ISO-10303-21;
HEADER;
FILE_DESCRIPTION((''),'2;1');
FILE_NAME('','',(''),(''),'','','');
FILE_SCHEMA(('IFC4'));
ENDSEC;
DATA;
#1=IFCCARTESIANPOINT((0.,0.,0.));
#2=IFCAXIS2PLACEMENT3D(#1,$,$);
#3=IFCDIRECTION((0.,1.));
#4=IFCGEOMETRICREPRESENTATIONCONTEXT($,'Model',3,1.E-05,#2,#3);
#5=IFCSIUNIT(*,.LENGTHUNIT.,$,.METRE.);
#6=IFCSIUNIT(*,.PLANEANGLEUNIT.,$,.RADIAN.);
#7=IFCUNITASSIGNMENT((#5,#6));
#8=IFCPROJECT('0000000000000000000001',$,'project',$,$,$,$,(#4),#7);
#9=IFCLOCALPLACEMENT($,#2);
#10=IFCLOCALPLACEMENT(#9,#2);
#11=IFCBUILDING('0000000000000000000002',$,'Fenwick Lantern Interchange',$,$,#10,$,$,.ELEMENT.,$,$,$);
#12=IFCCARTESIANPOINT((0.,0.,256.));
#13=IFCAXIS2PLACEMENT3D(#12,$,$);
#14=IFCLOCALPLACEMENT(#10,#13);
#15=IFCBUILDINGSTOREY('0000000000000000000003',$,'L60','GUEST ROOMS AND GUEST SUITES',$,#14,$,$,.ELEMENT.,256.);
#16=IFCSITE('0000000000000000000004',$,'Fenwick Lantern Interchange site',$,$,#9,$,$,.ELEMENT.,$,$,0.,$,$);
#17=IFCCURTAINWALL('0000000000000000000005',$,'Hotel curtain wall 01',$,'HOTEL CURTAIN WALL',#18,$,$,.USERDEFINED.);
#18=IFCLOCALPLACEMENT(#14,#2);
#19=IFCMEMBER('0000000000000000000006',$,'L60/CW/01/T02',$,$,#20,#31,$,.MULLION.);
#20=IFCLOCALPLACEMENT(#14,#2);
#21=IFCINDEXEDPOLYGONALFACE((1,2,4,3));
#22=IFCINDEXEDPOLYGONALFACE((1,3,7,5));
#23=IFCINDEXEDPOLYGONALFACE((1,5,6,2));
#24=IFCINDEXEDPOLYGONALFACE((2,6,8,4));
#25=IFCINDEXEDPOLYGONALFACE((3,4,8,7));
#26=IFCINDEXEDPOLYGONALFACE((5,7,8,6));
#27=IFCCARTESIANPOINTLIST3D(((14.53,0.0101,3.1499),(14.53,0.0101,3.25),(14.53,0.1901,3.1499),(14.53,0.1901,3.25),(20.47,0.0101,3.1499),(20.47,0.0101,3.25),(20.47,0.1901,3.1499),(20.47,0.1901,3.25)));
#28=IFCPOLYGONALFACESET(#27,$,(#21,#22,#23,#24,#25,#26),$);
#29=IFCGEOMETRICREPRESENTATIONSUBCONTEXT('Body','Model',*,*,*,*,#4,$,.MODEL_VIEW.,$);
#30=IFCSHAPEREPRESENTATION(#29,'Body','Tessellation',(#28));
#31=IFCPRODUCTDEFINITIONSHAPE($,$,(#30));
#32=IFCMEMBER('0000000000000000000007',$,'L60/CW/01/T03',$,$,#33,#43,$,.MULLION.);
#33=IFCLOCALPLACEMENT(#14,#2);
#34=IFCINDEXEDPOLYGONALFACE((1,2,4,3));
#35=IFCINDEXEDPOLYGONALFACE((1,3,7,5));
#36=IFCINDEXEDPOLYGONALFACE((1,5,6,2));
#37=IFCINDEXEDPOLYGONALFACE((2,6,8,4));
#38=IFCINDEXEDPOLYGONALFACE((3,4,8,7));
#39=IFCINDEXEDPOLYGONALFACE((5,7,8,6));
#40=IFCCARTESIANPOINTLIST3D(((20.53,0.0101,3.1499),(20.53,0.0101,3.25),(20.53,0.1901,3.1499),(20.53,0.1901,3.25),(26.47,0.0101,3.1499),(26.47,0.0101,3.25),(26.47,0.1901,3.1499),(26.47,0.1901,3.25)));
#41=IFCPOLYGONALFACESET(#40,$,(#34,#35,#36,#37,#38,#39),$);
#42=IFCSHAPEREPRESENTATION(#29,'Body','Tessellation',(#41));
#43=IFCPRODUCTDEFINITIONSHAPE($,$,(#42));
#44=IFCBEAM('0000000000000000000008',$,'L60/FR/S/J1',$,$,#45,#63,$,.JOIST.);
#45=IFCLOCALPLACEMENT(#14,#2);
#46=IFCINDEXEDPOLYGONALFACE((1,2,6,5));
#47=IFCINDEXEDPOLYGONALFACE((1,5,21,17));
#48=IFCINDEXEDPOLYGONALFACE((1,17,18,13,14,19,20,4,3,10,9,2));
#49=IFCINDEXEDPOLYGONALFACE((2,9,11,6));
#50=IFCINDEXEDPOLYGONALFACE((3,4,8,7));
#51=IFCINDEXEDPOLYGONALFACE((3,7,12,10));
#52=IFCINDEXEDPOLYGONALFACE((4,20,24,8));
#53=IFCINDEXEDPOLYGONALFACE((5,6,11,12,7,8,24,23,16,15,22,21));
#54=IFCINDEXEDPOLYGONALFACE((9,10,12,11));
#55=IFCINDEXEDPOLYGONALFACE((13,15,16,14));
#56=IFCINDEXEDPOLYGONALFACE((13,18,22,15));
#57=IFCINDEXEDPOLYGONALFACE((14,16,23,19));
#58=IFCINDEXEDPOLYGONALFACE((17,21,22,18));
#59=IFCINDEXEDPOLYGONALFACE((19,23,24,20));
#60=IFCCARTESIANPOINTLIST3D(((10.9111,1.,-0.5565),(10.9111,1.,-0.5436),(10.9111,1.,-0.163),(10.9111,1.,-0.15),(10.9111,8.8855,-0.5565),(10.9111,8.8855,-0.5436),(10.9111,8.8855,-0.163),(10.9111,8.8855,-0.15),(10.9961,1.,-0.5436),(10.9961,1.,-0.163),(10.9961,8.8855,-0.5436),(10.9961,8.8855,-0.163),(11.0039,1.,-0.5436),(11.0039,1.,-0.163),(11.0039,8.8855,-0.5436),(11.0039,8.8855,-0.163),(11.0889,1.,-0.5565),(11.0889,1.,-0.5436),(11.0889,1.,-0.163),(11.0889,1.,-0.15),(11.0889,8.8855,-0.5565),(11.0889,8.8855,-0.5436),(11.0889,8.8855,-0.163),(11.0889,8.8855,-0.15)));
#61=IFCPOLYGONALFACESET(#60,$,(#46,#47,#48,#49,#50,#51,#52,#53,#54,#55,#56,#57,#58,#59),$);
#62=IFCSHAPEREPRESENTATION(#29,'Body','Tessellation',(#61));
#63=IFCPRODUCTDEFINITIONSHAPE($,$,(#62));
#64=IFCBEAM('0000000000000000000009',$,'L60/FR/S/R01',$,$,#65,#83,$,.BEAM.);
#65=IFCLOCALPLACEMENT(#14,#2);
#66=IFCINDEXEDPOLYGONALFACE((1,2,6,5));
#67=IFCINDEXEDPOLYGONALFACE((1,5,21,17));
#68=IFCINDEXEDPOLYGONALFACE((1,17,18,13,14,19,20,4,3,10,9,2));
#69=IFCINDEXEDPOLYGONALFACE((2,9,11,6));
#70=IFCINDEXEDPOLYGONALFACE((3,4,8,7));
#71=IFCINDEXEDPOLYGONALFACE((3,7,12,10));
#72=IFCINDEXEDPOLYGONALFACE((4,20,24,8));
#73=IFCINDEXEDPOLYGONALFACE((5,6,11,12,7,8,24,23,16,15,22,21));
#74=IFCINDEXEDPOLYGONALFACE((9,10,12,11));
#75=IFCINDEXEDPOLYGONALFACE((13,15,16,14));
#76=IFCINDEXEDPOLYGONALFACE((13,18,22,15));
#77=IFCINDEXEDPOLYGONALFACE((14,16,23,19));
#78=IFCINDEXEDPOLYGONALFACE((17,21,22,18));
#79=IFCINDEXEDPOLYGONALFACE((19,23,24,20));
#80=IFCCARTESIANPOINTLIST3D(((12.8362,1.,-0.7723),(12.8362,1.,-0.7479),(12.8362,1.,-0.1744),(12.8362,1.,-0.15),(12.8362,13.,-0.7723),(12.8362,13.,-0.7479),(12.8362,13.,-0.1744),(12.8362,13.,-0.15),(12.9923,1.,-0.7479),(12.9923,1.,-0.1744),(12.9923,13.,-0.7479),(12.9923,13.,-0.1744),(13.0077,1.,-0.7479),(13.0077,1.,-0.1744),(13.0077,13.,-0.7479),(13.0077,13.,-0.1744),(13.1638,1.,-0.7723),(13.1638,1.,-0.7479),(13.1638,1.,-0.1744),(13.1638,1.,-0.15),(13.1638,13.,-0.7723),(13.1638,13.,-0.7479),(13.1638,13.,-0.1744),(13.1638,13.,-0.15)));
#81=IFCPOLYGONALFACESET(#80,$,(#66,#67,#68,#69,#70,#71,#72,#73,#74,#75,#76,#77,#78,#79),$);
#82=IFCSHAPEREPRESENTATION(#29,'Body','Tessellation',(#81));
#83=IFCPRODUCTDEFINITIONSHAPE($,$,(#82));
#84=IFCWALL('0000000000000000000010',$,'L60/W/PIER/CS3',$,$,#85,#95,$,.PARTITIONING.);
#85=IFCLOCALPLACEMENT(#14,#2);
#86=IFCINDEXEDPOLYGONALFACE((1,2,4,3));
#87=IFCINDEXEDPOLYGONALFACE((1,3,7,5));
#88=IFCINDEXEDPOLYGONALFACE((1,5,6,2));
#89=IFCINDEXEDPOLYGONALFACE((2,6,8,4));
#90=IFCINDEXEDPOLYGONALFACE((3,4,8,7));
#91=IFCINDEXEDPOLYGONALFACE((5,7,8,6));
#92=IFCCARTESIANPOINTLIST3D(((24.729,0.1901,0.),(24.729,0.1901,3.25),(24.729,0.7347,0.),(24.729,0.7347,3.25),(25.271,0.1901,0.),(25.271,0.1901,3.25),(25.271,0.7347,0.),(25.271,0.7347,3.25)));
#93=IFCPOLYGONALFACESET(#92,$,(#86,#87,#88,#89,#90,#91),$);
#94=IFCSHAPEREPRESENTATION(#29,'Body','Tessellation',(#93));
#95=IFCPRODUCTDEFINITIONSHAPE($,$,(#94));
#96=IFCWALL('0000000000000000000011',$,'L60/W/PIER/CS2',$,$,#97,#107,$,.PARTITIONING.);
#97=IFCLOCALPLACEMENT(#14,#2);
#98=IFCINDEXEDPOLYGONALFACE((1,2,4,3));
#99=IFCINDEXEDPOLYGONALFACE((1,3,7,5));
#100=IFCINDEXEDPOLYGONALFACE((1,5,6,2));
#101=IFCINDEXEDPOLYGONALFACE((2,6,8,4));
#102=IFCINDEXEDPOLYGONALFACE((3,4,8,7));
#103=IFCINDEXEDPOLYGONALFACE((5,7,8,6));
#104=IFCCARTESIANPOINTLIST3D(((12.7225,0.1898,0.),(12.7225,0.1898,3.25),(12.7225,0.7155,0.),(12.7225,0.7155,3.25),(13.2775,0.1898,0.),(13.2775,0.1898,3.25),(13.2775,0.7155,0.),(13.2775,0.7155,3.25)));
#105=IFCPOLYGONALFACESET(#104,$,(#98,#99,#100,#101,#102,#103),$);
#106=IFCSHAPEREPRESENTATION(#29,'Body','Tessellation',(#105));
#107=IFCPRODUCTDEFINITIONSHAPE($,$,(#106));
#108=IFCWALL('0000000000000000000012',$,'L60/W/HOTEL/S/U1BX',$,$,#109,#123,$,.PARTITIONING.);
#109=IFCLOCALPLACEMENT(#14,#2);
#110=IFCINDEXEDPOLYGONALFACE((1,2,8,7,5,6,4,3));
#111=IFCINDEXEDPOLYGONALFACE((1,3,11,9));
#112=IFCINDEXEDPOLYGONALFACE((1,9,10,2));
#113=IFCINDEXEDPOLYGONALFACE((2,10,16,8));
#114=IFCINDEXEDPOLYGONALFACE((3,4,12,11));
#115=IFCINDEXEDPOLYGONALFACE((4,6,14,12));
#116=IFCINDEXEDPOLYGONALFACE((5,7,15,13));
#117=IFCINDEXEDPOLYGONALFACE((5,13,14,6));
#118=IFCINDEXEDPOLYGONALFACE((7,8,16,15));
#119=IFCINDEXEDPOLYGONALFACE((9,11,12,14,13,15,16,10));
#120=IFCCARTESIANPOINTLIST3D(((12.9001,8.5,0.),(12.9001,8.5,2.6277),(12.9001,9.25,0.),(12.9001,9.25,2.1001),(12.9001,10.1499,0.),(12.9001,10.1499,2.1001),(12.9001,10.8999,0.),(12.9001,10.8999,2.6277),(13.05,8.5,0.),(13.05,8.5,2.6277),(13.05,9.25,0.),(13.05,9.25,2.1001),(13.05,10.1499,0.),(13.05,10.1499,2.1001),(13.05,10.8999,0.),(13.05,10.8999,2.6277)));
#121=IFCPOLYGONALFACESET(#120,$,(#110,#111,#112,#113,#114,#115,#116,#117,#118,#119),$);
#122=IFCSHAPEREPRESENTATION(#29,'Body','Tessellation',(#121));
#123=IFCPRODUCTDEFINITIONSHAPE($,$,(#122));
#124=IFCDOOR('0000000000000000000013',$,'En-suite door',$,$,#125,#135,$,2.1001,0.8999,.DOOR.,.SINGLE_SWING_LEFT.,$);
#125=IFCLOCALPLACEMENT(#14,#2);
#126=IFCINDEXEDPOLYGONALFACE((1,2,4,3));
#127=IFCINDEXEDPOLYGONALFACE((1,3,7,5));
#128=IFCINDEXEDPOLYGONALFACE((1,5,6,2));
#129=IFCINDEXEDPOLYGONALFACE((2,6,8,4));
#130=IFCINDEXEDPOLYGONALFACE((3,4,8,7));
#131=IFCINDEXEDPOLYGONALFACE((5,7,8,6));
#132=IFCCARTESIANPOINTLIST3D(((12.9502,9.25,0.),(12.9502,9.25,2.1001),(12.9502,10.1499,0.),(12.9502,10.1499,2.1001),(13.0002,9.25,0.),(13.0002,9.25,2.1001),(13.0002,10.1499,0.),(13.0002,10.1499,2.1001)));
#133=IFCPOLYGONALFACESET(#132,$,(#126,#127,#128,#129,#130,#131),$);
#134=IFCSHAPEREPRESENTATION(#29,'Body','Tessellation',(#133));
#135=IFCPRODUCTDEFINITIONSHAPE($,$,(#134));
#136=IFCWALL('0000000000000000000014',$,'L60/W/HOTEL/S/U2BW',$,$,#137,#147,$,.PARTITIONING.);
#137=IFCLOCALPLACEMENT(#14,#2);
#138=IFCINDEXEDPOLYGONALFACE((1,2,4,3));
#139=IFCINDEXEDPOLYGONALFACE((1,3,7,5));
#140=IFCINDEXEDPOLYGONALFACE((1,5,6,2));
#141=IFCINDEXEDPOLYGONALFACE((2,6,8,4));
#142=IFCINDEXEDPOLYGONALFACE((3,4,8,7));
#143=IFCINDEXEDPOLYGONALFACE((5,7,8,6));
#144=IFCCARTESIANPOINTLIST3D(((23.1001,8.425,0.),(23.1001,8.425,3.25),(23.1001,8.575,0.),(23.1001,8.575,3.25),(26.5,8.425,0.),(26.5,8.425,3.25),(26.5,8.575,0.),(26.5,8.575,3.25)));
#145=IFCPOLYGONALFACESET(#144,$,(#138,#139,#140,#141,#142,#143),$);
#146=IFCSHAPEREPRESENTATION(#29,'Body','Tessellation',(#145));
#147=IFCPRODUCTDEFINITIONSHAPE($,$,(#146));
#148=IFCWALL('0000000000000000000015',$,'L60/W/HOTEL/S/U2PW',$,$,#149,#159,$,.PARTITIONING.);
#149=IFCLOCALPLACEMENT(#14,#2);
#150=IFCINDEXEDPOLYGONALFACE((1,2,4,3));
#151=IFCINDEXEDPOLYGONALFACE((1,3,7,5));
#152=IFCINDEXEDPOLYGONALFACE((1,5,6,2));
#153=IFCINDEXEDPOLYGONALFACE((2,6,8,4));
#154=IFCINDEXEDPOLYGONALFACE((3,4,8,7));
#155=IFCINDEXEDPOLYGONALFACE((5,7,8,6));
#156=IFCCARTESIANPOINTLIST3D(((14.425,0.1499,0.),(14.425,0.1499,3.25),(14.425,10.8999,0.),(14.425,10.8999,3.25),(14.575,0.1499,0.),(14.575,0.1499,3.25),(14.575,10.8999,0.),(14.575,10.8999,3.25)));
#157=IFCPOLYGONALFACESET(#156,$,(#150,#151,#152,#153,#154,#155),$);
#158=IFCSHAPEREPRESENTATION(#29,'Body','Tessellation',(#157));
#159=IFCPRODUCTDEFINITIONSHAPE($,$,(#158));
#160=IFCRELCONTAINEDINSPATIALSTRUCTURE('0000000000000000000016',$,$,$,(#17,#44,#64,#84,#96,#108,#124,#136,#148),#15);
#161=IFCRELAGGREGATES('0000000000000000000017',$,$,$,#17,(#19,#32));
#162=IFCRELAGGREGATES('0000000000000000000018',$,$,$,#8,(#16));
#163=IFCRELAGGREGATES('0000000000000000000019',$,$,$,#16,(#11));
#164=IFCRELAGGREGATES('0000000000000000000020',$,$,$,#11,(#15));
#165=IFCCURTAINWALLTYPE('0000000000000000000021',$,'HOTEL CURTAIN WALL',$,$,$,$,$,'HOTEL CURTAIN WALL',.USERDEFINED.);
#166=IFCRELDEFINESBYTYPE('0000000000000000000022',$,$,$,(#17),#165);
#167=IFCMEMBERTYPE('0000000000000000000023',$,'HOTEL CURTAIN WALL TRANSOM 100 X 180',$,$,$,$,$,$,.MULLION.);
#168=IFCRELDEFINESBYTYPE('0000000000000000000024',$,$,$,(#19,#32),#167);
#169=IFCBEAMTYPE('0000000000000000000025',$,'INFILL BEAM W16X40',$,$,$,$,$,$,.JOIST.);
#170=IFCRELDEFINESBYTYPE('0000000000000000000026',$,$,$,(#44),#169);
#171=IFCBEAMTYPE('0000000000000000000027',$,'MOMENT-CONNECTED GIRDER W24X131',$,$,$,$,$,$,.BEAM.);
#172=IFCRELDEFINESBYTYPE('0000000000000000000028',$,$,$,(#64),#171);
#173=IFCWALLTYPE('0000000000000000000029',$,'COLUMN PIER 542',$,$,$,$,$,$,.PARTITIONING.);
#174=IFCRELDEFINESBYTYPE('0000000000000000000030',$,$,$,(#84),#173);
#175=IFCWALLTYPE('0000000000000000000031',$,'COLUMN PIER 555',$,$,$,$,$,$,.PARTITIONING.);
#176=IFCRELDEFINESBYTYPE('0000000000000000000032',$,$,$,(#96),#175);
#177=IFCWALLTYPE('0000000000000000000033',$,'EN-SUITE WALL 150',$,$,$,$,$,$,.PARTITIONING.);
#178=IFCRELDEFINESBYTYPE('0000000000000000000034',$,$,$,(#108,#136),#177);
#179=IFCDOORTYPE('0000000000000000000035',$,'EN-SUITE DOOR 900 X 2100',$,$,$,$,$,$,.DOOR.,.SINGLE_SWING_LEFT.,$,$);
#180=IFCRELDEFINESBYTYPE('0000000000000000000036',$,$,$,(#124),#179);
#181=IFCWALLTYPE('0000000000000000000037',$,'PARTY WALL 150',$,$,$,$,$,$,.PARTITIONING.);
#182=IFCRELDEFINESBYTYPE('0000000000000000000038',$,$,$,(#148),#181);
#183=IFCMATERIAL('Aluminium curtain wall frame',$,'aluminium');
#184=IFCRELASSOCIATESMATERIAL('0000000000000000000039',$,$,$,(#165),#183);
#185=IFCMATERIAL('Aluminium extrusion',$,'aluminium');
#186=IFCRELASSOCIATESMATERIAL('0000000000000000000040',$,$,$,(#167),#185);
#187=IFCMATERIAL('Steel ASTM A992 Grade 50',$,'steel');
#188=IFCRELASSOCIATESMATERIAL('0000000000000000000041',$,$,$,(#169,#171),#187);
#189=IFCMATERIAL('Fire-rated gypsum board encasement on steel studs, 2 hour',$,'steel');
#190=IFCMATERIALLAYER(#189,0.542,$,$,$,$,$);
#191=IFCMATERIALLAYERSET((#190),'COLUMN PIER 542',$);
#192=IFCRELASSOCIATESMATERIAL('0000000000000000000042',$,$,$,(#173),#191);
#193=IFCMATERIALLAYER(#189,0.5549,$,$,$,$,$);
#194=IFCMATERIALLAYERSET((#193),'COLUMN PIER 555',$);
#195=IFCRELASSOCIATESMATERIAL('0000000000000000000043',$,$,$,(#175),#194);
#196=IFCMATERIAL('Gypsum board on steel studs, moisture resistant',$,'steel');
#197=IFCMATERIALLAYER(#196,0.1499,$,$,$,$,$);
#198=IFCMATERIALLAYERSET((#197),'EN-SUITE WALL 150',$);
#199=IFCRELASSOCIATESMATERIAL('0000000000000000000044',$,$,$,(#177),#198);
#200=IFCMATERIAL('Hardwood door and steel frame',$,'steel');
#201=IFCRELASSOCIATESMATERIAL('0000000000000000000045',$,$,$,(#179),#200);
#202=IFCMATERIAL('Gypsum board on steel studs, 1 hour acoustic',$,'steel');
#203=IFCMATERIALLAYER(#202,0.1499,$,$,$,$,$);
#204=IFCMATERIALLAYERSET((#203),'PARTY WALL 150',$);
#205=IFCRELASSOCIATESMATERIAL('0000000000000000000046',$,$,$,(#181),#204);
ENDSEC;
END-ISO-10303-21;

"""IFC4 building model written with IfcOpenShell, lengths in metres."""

from ifc_helpers import new_model, si_unit, direction, frame, frame_2d, origin, origin_2d, place, context, subcontext, project, spatial, rectangle, i_section, extrude, material, layer, layer_set, material_profile, profile_set, type_object, element, fill, aggregate, save


model = new_model("IFC4")

# Units and contexts
model_context = context("Model", 3, precision=1e-05, world=origin(), true_north=direction((0.0, 1.0)))
body_context = subcontext(model_context, "Body", "Model", "MODEL_VIEW")
ifc_project = project(units=[si_unit("LENGTHUNIT", "METRE"), si_unit("PLANEANGLEUNIT", "RADIAN")], contexts=[model_context])

# Site, building, storey
site_placement = place(None, origin())
site = spatial("IfcSite", under=ifc_project, at=site_placement, Name="Fenwick Lantern Interchange site", CompositionType="ELEMENT", RefElevation=0.0)
building_placement = place(site_placement, origin())
building = spatial("IfcBuilding", under=site, at=building_placement, Name="Fenwick Lantern Interchange", CompositionType="ELEMENT")
storey_placement = place(building_placement, frame((0.0, 0.0, 256.0)))
storey = spatial("IfcBuildingStorey", under=building, at=storey_placement, Name="L60", Description="GUEST ROOMS AND GUEST SUITES", CompositionType="ELEMENT", Elevation=256.0)

# Shared definitions
ifc_material_1 = material(Name="Steel ASTM A992 Grade 50", Category="steel")

# Curtain wall, members
ifc_material_2 = material(Name="Aluminium curtain wall frame", Category="aluminium")
curtain_wall_type = type_object("IfcCurtainWallType", Name="HOTEL CURTAIN WALL", ElementType="HOTEL CURTAIN WALL", PredefinedType="USERDEFINED", material=ifc_material_2)
curtain_wall_placement = place(storey_placement, origin())
curtain_wall = element("IfcCurtainWall", 1, at=curtain_wall_placement, inside=storey, type_object=curtain_wall_type, Name="Hotel curtain wall 01", ObjectType="HOTEL CURTAIN WALL", PredefinedType="USERDEFINED")
ifc_material_3 = material(Name="Aluminium extrusion", Category="aluminium")
ifc_material_profile_1 = material_profile(ifc_material_3, rectangle(XDim=0.1799, YDim=0.1001, at=origin_2d()), Name="HOTEL CURTAIN WALL TRANSOM 100 X 180")
ifc_profile_set_1 = profile_set([ifc_material_profile_1], Name="Aluminium extrusion")
member_type_1 = type_object("IfcMemberType", Name="HOTEL CURTAIN WALL TRANSOM 100 X 180", PredefinedType="MULLION", material=ifc_profile_set_1)
member_1_placement = place(storey_placement, frame((14.53, 0.1001, 3.2), z_axis=(1.0, 0.0, 0.0), x_axis=(0.0, 1.0, 0.0)))
member_1 = element("IfcMember", 2, at=member_1_placement, type_object=member_type_1, Name="L60/CW/01/T02", PredefinedType="MULLION", context=body_context, shape_type="SweptSolid", body=[
    extrude(rectangle(XDim=0.1799, YDim=0.1001, at=origin_2d()), origin(), (0.0, 0.0, 1.0), 5.9399),
])
member_2_placement = place(storey_placement, frame((20.53, 0.1001, 3.2), z_axis=(1.0, 0.0, 0.0), x_axis=(0.0, 1.0, 0.0)))
member_2 = element("IfcMember", 3, at=member_2_placement, type_object=member_type_1, Name="L60/CW/01/T03", PredefinedType="MULLION", context=body_context, shape_type="SweptSolid", body=[
    extrude(rectangle(XDim=0.1799, YDim=0.1001, at=origin_2d()), origin(), (0.0, 0.0, 1.0), 5.9399),
])
aggregate(curtain_wall, [member_1, member_2])

# Beams
ifc_material_profile_2 = material_profile(ifc_material_1, i_section(OverallWidth=0.1777, OverallDepth=0.4065, WebThickness=0.0078, FlangeThickness=0.0129, at=origin_2d()), Name="W16X40")
ifc_profile_set_2 = profile_set([ifc_material_profile_2], Name="Steel ASTM A992 Grade 50")
beam_type_1 = type_object("IfcBeamType", Name="INFILL BEAM W16X40", PredefinedType="JOIST", material=ifc_profile_set_2)
beam_1_placement = place(storey_placement, frame((11.0, 1.0, -0.3533), z_axis=(0.0, 1.0, 0.0), x_axis=(-1.0, 0.0, 0.0)))
element("IfcBeam", 4, at=beam_1_placement, inside=storey, type_object=beam_type_1, Name="L60/FR/S/J1", PredefinedType="JOIST", context=body_context, shape_type="SweptSolid", body=[
    extrude(i_section(OverallWidth=0.1777, OverallDepth=0.4065, WebThickness=0.0078, FlangeThickness=0.0129, at=origin_2d()), origin(), (0.0, 0.0, 1.0), 7.8855),
])
ifc_material_profile_3 = material_profile(ifc_material_1, i_section(OverallWidth=0.3276, OverallDepth=0.6223, WebThickness=0.0154, FlangeThickness=0.0244, at=origin_2d()), Name="W24X131")
ifc_profile_set_3 = profile_set([ifc_material_profile_3], Name="Steel ASTM A992 Grade 50")
beam_type_2 = type_object("IfcBeamType", Name="MOMENT-CONNECTED GIRDER W24X131", PredefinedType="BEAM", material=ifc_profile_set_3)
beam_2_placement = place(storey_placement, frame((13.0, 1.0, -0.4612), z_axis=(0.0, 1.0, 0.0), x_axis=(-1.0, 0.0, 0.0)))
element("IfcBeam", 5, at=beam_2_placement, inside=storey, type_object=beam_type_2, Name="L60/FR/S/R01", PredefinedType="BEAM", context=body_context, shape_type="SweptSolid", body=[
    extrude(i_section(OverallWidth=0.3276, OverallDepth=0.6223, WebThickness=0.0154, FlangeThickness=0.0244, at=origin_2d()), origin(), (0.0, 0.0, 1.0), 12.0),
])

# Walls
ifc_material_4 = material(Name="Fire-rated gypsum board encasement on steel studs, 2 hour", Category="steel")
ifc_layer_1 = layer(ifc_material_4, 0.542)
ifc_layer_set_1 = layer_set([ifc_layer_1], Name="COLUMN PIER 542")
wall_type_1 = type_object("IfcWallType", Name="COLUMN PIER 542", PredefinedType="PARTITIONING", material=ifc_layer_set_1)
wall_1_placement = place(storey_placement, frame((25.0, 0.1899, 0.0), z_axis=(0.0, 0.0, 1.0), x_axis=(0.0, 1.0, 0.0)))
element("IfcWall", 6, at=wall_1_placement, inside=storey, type_object=wall_type_1, Name="L60/W/PIER/CS3", PredefinedType="PARTITIONING", context=body_context, shape_type="SweptSolid", body=[
    extrude(rectangle(XDim=0.5447, YDim=0.542, at=frame_2d((0.2725, 0.0))), origin(), (0.0, 0.0, 1.0), 3.25),
])
ifc_layer_2 = layer(ifc_material_4, 0.5549)
ifc_layer_set_2 = layer_set([ifc_layer_2], Name="COLUMN PIER 555")
wall_type_2 = type_object("IfcWallType", Name="COLUMN PIER 555", PredefinedType="PARTITIONING", material=ifc_layer_set_2)
wall_2_placement = place(storey_placement, frame((13.0, 0.1899, 0.0), z_axis=(0.0, 0.0, 1.0), x_axis=(0.0, 1.0, 0.0)))
element("IfcWall", 7, at=wall_2_placement, inside=storey, type_object=wall_type_2, Name="L60/W/PIER/CS2", PredefinedType="PARTITIONING", context=body_context, shape_type="SweptSolid", body=[
    extrude(rectangle(XDim=0.5256, YDim=0.5549, at=frame_2d((0.2627, 0.0))), origin(), (0.0, 0.0, 1.0), 3.25),
])

# Wall, opening, door
ifc_material_5 = material(Name="Gypsum board on steel studs, moisture resistant", Category="steel")
ifc_layer_3 = layer(ifc_material_5, 0.1499)
ifc_layer_set_3 = layer_set([ifc_layer_3], Name="EN-SUITE WALL 150")
wall_type_3 = type_object("IfcWallType", Name="EN-SUITE WALL 150", PredefinedType="PARTITIONING", material=ifc_layer_set_3)
wall_3_placement = place(storey_placement, frame((12.9751, 8.5, 0.0), z_axis=(0.0, 0.0, 1.0), x_axis=(0.0, 1.0, 0.0)))
wall_3 = element("IfcWall", 8, at=wall_3_placement, inside=storey, type_object=wall_type_3, Name="L60/W/HOTEL/S/U1BX", PredefinedType="PARTITIONING", context=body_context, shape_type="SweptSolid", body=[
    extrude(rectangle(XDim=2.3999, YDim=0.1499, at=frame_2d((1.2, 0.0))), origin(), (0.0, 0.0, 1.0), 2.6277),
])
opening_placement = place(wall_3_placement, frame((0.75, 0.0, 0.0)))
opening = element("IfcOpeningElement", 9, at=opening_placement, cuts=wall_3, PredefinedType="OPENING", context=body_context, shape_type="SweptSolid", body=[
    extrude(rectangle(XDim=0.8999, YDim=2.1001, at=frame_2d((0.45, 1.05))), frame((0.0, 0.085, 0.0), z_axis=(0.0, -1.0, 0.0), x_axis=(1.0, 0.0, 0.0)), (0.0, 0.0, 1.0), 0.1699),
])
ifc_material_6 = material(Name="Hardwood door and steel frame", Category="steel")
door_type = type_object("IfcDoorType", Name="EN-SUITE DOOR 900 X 2100", OperationType="SINGLE_SWING_LEFT", PredefinedType="DOOR", material=ifc_material_6)
door_placement = place(opening_placement, origin())
door = element("IfcDoor", 10, at=door_placement, inside=storey, type_object=door_type, Name="En-suite door", OperationType="SINGLE_SWING_LEFT", OverallHeight=2.1001, OverallWidth=0.8999, PredefinedType="DOOR", context=body_context, shape_type="SweptSolid", body=[
    extrude(rectangle(XDim=0.8999, YDim=2.1001, at=frame_2d((0.45, 1.05))), frame((0.0, 0.0249, 0.0), z_axis=(0.0, -1.0, 0.0), x_axis=(1.0, 0.0, 0.0)), (0.0, 0.0, 1.0), 0.05),
])
fill(opening, door)

# Walls
wall_4_placement = place(storey_placement, frame((23.1001, 8.5, 0.0), z_axis=(0.0, 0.0, 1.0), x_axis=(1.0, 0.0, 0.0)))
element("IfcWall", 11, at=wall_4_placement, inside=storey, type_object=wall_type_3, Name="L60/W/HOTEL/S/U2BW", PredefinedType="PARTITIONING", context=body_context, shape_type="SweptSolid", body=[
    extrude(rectangle(XDim=3.3999, YDim=0.1499, at=frame_2d((1.7, 0.0))), origin(), (0.0, 0.0, 1.0), 3.25),
])
ifc_material_7 = material(Name="Gypsum board on steel studs, 1 hour acoustic", Category="steel")
ifc_layer_4 = layer(ifc_material_7, 0.1499)
ifc_layer_set_4 = layer_set([ifc_layer_4], Name="PARTY WALL 150")
wall_type_4 = type_object("IfcWallType", Name="PARTY WALL 150", PredefinedType="PARTITIONING", material=ifc_layer_set_4)
wall_5_placement = place(storey_placement, frame((14.5, 0.1499, 0.0), z_axis=(0.0, 0.0, 1.0), x_axis=(0.0, 1.0, 0.0)))
element("IfcWall", 12, at=wall_5_placement, inside=storey, type_object=wall_type_4, Name="L60/W/HOTEL/S/U2PW", PredefinedType="PARTITIONING", context=body_context, shape_type="SweptSolid", body=[
    extrude(rectangle(XDim=10.75, YDim=0.1499, at=frame_2d((5.375, 0.0))), origin(), (0.0, 0.0, 1.0), 3.25),
])

save(model, "model.ifc")
